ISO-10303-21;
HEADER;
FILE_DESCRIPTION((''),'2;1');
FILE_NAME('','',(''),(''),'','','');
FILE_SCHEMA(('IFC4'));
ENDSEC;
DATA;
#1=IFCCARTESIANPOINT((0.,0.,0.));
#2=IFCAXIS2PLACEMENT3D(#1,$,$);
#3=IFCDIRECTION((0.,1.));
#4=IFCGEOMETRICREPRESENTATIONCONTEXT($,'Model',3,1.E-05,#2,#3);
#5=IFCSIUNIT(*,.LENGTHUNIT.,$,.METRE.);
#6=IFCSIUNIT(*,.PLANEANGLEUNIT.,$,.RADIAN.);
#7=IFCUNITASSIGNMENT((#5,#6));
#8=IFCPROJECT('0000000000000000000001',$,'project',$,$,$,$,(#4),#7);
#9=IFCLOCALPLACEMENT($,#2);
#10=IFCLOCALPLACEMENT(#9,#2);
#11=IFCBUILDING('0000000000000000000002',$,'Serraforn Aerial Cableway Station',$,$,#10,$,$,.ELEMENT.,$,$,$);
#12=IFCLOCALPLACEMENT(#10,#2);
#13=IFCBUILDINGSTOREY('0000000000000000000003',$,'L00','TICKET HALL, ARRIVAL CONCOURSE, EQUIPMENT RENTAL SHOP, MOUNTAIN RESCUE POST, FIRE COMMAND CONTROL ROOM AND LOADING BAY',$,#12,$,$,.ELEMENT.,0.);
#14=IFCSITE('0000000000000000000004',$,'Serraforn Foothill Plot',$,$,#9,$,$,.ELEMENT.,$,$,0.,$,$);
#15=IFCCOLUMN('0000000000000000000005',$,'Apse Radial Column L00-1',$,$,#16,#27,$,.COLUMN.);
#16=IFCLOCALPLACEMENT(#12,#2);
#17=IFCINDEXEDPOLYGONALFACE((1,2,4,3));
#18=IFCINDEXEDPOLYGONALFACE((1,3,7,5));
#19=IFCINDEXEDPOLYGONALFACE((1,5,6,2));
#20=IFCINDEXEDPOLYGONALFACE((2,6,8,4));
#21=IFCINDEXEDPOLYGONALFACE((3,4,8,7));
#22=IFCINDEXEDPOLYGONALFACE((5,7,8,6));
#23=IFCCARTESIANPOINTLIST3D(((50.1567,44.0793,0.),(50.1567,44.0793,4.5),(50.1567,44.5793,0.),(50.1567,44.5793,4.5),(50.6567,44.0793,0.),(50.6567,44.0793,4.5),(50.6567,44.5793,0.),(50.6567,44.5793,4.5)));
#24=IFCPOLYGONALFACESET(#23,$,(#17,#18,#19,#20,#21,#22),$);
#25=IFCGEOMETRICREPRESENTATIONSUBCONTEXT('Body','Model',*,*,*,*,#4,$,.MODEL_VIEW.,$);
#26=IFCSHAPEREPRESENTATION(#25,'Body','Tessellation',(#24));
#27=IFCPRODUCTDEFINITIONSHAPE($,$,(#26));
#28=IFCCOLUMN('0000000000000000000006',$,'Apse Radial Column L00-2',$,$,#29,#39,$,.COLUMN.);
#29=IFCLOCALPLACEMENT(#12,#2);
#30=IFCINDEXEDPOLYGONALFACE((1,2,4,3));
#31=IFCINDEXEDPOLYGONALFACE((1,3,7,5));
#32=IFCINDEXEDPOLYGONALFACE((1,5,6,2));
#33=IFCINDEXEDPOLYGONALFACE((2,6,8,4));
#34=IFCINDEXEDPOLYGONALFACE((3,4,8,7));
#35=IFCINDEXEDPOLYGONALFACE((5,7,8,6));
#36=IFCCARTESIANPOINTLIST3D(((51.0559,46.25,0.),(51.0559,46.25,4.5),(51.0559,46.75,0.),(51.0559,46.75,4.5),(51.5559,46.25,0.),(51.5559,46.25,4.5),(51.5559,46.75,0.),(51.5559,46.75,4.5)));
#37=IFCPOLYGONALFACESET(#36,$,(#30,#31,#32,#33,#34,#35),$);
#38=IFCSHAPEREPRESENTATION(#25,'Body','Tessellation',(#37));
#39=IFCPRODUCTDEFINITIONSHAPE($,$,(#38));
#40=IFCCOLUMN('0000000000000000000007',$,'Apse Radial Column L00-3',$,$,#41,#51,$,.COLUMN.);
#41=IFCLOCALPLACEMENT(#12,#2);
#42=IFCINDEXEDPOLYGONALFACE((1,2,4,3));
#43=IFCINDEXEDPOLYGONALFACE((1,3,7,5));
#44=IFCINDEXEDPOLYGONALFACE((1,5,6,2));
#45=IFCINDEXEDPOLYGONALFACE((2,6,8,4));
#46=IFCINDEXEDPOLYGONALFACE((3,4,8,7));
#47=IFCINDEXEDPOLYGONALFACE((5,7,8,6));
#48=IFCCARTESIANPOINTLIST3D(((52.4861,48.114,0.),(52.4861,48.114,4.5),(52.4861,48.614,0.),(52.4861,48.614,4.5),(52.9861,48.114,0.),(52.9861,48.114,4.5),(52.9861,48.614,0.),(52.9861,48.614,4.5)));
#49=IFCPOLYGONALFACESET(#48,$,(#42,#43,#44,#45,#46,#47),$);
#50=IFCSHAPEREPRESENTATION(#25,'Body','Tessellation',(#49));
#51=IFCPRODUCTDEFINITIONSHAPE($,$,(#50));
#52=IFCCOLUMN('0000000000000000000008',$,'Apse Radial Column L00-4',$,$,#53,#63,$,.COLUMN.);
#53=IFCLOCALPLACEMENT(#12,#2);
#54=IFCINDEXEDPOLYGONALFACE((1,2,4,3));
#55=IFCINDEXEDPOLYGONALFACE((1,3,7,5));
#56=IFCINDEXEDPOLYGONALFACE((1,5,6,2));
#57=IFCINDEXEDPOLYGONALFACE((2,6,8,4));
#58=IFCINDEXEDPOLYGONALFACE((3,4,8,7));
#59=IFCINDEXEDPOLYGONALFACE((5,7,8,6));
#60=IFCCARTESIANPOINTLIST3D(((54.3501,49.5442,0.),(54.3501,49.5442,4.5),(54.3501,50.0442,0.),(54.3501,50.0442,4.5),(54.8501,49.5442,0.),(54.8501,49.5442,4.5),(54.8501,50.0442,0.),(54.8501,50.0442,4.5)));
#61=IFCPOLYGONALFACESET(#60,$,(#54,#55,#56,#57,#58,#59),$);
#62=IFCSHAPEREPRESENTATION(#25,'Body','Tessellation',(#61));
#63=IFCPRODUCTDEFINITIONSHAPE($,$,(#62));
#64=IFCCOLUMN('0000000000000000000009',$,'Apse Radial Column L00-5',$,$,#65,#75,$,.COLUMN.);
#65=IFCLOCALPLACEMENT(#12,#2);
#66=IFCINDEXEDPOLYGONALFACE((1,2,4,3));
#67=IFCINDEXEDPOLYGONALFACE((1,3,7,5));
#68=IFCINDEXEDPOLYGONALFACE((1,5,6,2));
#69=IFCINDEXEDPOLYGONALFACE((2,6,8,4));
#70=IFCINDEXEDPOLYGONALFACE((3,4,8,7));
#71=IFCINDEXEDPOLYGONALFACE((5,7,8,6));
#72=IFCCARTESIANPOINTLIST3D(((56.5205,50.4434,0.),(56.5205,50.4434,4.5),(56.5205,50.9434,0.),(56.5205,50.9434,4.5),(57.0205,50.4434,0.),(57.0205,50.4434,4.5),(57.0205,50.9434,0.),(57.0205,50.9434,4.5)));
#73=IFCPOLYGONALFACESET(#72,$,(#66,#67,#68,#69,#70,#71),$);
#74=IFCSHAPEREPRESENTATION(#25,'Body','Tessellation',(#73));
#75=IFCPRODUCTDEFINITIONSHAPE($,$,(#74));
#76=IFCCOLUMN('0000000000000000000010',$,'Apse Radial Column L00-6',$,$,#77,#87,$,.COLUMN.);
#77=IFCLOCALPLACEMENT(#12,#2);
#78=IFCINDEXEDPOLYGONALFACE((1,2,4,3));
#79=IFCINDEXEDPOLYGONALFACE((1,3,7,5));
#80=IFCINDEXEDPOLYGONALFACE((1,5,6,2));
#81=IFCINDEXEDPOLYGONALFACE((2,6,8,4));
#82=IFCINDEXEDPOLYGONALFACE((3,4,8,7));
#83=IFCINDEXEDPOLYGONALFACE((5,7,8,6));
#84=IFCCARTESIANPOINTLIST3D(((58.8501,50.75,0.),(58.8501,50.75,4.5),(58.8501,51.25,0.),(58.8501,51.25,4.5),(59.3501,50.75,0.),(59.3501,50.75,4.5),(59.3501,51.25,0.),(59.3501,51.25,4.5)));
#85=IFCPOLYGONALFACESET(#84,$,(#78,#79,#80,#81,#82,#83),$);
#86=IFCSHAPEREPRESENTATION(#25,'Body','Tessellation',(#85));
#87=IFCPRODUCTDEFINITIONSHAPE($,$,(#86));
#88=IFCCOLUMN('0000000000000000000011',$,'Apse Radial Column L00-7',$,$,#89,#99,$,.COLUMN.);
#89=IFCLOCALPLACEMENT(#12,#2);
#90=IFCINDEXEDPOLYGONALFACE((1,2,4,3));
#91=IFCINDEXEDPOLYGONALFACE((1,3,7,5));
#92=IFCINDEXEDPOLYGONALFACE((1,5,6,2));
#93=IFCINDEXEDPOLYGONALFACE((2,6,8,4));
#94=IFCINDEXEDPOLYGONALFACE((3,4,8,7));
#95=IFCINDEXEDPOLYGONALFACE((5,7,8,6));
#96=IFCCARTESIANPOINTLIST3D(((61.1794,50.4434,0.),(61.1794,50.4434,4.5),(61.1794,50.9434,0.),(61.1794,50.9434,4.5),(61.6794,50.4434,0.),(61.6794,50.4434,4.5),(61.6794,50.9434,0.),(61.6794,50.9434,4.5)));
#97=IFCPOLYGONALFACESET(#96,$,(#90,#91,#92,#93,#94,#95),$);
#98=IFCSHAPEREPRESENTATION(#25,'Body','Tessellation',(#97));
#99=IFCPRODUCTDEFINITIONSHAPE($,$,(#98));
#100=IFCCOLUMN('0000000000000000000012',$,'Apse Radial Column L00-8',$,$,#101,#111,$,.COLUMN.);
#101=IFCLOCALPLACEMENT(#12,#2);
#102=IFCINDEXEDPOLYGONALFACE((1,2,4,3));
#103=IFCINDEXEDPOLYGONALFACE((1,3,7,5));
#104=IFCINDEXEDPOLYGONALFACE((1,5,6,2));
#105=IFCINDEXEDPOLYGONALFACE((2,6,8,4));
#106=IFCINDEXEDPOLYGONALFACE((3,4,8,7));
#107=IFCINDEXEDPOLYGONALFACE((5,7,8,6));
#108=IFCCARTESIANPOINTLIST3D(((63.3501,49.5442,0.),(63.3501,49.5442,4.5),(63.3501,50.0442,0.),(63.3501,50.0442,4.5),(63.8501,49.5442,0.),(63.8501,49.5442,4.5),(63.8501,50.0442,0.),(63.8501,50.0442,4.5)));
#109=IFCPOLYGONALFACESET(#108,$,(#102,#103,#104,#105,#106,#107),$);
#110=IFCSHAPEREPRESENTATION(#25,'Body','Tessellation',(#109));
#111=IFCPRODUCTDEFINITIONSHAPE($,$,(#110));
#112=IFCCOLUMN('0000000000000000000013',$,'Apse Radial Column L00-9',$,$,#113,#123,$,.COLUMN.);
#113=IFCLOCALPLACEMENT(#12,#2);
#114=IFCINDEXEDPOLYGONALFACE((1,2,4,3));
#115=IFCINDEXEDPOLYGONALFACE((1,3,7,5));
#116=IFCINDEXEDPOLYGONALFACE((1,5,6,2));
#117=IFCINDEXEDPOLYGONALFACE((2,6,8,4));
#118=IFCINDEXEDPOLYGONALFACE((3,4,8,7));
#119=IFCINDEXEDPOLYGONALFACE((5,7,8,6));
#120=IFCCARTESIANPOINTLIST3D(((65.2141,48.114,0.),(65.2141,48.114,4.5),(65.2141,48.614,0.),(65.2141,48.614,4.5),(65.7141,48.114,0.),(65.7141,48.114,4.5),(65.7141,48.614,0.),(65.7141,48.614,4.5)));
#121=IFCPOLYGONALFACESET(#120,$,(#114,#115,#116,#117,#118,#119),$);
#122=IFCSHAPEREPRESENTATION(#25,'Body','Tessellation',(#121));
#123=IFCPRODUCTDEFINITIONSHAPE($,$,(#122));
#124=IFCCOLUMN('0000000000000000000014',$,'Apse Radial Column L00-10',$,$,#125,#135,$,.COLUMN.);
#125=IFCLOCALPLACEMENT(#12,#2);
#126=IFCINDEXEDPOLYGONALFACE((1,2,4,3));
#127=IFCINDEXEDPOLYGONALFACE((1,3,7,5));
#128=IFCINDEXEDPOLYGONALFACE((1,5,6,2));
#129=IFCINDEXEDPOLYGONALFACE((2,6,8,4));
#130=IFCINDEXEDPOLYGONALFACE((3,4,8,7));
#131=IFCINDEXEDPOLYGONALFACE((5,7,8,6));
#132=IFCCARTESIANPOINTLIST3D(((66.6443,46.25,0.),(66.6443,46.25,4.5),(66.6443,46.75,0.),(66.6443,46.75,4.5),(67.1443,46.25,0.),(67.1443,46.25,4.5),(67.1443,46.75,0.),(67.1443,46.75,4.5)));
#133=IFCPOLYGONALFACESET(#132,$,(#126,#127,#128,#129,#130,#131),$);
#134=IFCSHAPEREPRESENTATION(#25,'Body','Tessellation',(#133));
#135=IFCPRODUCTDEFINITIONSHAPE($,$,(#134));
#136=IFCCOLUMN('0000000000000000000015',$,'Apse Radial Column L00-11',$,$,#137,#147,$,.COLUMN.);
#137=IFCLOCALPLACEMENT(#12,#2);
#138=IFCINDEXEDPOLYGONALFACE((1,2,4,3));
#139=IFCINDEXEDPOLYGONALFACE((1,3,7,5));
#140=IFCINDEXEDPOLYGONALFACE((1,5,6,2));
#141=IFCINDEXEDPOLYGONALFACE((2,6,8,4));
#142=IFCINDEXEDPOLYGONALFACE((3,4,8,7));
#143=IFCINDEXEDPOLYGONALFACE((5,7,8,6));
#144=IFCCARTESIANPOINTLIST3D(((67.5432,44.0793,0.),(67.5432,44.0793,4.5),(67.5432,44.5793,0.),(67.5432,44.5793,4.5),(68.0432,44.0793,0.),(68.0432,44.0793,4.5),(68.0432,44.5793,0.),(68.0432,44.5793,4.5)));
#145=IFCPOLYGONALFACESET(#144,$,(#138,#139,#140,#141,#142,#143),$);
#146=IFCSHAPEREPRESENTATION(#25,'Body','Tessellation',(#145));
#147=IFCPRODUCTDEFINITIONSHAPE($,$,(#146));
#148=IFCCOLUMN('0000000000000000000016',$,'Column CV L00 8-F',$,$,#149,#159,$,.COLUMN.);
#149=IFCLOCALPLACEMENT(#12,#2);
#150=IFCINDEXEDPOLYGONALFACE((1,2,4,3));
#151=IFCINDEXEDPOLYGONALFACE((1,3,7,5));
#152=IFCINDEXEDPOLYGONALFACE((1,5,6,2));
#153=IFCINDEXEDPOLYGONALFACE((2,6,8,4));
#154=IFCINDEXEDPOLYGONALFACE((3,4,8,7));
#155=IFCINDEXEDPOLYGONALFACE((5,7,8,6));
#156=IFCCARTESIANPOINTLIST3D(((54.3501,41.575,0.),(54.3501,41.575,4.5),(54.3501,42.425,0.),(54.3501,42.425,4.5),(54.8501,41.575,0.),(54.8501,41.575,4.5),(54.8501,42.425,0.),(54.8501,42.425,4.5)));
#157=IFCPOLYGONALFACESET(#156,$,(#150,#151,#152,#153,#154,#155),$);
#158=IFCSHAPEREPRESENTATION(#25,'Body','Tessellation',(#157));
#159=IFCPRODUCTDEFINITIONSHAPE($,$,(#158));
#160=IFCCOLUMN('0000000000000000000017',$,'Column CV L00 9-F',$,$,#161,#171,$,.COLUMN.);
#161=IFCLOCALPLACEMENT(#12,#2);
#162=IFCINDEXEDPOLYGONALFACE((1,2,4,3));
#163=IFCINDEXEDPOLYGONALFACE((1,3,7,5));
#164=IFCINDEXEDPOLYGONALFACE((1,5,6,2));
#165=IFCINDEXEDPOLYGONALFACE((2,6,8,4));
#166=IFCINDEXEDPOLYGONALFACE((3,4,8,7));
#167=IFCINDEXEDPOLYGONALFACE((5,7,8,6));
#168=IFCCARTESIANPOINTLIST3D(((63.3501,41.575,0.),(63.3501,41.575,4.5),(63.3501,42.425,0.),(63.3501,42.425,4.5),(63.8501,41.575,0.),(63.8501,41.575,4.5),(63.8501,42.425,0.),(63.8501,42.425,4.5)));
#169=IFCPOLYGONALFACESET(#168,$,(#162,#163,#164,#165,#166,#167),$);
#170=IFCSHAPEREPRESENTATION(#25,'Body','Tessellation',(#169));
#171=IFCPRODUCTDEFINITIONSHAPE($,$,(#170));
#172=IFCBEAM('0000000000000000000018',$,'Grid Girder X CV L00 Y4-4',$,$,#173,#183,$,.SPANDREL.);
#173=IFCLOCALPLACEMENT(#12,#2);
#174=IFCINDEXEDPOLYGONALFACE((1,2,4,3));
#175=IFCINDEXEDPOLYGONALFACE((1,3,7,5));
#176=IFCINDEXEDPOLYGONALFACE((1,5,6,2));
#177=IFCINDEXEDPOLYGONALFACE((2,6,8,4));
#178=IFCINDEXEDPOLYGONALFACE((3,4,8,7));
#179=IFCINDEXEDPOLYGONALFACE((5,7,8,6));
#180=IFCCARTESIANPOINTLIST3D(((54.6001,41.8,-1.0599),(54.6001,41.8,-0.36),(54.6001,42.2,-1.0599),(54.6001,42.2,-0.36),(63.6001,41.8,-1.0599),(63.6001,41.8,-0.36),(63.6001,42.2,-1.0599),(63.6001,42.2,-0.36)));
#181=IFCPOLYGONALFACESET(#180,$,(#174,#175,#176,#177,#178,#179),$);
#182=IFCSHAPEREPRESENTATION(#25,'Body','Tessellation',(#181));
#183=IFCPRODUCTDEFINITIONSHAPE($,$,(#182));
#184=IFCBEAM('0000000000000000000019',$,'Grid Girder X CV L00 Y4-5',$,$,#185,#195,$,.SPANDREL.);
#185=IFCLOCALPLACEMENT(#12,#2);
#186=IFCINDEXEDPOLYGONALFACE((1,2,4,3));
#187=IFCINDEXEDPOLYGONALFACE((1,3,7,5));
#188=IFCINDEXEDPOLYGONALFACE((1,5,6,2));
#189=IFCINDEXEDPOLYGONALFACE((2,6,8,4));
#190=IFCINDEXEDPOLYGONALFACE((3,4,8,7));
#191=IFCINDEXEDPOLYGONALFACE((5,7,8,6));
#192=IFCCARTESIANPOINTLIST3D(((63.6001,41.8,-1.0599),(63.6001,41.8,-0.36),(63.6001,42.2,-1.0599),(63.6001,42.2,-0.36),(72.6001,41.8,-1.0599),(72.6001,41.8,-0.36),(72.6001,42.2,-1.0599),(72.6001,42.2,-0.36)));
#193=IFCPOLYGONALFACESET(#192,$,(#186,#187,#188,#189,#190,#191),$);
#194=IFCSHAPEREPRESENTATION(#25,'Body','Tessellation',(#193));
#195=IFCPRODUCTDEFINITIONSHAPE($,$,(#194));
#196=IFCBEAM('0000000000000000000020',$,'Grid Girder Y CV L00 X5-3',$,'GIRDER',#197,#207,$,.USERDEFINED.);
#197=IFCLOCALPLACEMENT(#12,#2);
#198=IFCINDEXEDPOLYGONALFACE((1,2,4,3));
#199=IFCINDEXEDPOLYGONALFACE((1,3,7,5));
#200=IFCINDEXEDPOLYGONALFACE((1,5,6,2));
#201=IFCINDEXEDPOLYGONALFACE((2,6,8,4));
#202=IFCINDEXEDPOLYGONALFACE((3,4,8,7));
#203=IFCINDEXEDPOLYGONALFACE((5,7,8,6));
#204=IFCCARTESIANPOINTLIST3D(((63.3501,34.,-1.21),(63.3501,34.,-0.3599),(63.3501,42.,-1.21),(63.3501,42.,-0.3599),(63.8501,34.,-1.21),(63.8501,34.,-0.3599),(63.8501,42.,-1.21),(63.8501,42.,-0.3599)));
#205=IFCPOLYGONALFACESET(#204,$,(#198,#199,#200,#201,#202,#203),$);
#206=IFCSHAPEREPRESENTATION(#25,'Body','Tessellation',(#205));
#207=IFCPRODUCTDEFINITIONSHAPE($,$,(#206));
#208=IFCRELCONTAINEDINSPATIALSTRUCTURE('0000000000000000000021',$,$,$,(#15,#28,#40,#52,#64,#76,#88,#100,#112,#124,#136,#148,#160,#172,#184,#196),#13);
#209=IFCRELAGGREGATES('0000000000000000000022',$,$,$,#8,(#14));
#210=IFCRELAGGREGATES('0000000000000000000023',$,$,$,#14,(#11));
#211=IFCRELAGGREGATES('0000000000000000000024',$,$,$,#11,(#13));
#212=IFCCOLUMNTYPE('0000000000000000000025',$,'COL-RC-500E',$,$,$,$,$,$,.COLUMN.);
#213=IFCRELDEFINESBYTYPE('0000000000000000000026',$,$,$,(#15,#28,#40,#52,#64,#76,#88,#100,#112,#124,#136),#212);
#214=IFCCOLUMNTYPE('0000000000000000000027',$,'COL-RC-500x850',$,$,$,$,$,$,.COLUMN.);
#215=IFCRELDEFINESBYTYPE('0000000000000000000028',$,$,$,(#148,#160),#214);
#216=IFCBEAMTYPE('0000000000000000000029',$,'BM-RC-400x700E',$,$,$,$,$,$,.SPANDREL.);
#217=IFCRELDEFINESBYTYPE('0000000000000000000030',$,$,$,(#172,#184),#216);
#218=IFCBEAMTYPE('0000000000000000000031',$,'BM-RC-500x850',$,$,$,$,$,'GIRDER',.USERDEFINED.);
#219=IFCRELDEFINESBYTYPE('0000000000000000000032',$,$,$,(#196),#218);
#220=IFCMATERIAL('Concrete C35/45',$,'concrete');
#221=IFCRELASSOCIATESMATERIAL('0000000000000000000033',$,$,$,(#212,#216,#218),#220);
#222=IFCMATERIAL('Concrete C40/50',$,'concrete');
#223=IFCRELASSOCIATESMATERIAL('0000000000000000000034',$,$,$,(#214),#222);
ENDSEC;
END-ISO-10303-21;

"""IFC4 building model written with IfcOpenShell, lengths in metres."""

from ifc_helpers import new_model, si_unit, direction, frame, origin, origin_2d, place, context, subcontext, project, spatial, rectangle, extrude, material, material_profile, profile_set, type_object, element, save


model = new_model("IFC4")

# Units and contexts
model_context = context("Model", 3, precision=1e-05, world=origin(), true_north=direction((0.0, 1.0)))
body_context = subcontext(model_context, "Body", "Model", "MODEL_VIEW")
ifc_project = project(units=[si_unit("LENGTHUNIT", "METRE"), si_unit("PLANEANGLEUNIT", "RADIAN")], contexts=[model_context])

# Site, building, storey
site_placement = place(None, origin())
site = spatial("IfcSite", under=ifc_project, at=site_placement, Name="Serraforn Foothill Plot", CompositionType="ELEMENT", RefElevation=0.0)
building_placement = place(site_placement, origin())
building = spatial("IfcBuilding", under=site, at=building_placement, Name="Serraforn Aerial Cableway Station", CompositionType="ELEMENT")
storey_placement = place(building_placement, origin())
storey = spatial("IfcBuildingStorey", under=building, at=storey_placement, Name="L00", Description="TICKET HALL, ARRIVAL CONCOURSE, EQUIPMENT RENTAL SHOP, MOUNTAIN RESCUE POST, FIRE COMMAND CONTROL ROOM AND LOADING BAY", CompositionType="ELEMENT", Elevation=0.0)

# Columns
ifc_material_1 = material(Name="Concrete C35/45", Category="concrete")
ifc_material_profile_1 = material_profile(ifc_material_1, rectangle(XDim=0.5, YDim=0.5, at=origin_2d()), Name="RC 500x500")
ifc_profile_set_1 = profile_set([ifc_material_profile_1], Name="Concrete C35/45")
column_type_1 = type_object("IfcColumnType", Name="COL-RC-500E", PredefinedType="COLUMN", material=ifc_profile_set_1)
for number, where, z_axis, x_axis, name in (
    (1, (50.4067, 44.3293, 0.0), (0.0, 0.0, 1.0), (1.0, 0.0, 0.0), "Apse Radial Column L00-1"),
    (2, (51.3059, 46.5, 0.0), (0.0, 0.0, 1.0), (1.0, 0.0, 0.0), "Apse Radial Column L00-2"),
    (3, (52.7361, 48.364, 0.0), (0.0, 0.0, 1.0), (1.0, 0.0, 0.0), "Apse Radial Column L00-3"),
    (4, (54.6001, 49.7942, 0.0), (0.0, 0.0, 1.0), (1.0, 0.0, 0.0), "Apse Radial Column L00-4"),
    (5, (56.7705, 50.6934, 0.0), (0.0, 0.0, 1.0), (1.0, 0.0, 0.0), "Apse Radial Column L00-5"),
    (6, (59.1001, 51.0, 0.0), (0.0, 0.0, 1.0), (1.0, 0.0, 0.0), "Apse Radial Column L00-6"),
    (7, (61.4294, 50.6934, 0.0), (0.0, 0.0, 1.0), (1.0, 0.0, 0.0), "Apse Radial Column L00-7"),
    (8, (63.6001, 49.7942, 0.0), (0.0, 0.0, 1.0), (1.0, 0.0, 0.0), "Apse Radial Column L00-8"),
    (9, (65.4641, 48.364, 0.0), (0.0, 0.0, 1.0), (1.0, 0.0, 0.0), "Apse Radial Column L00-9"),
    (10, (66.8943, 46.5, 0.0), (0.0, 0.0, 1.0), (1.0, 0.0, 0.0), "Apse Radial Column L00-10"),
    (11, (67.7932, 44.3293, 0.0), (0.0, 0.0, 1.0), (1.0, 0.0, 0.0), "Apse Radial Column L00-11"),
):
    element("IfcColumn", number, at=place(storey_placement, frame(where, z_axis=z_axis, x_axis=x_axis)), inside=storey, type_object=column_type_1, Name=name, PredefinedType="COLUMN", context=body_context, shape_type="SweptSolid", body=[
        extrude(rectangle(XDim=0.5, YDim=0.5, at=origin_2d()), origin(), (0.0, 0.0, 1.0), 4.5),
    ])
ifc_material_2 = material(Name="Concrete C40/50", Category="concrete")
ifc_material_profile_2 = material_profile(ifc_material_2, rectangle(XDim=0.5, YDim=0.8501, at=origin_2d()), Name="RC 500x850")
ifc_profile_set_2 = profile_set([ifc_material_profile_2], Name="Concrete C40/50")
column_type_2 = type_object("IfcColumnType", Name="COL-RC-500x850", PredefinedType="COLUMN", material=ifc_profile_set_2)
for number, where, z_axis, x_axis, name in (
    (12, (54.6001, 42.0, 0.0), (0.0, 0.0, 1.0), (1.0, 0.0, 0.0), "Column CV L00 8-F"),
    (13, (63.6001, 42.0, 0.0), (0.0, 0.0, 1.0), (1.0, 0.0, 0.0), "Column CV L00 9-F"),
):
    element("IfcColumn", number, at=place(storey_placement, frame(where, z_axis=z_axis, x_axis=x_axis)), inside=storey, type_object=column_type_2, Name=name, PredefinedType="COLUMN", context=body_context, shape_type="SweptSolid", body=[
        extrude(rectangle(XDim=0.5, YDim=0.8501, at=origin_2d()), origin(), (0.0, 0.0, 1.0), 4.5),
    ])

# Beams
ifc_material_profile_3 = material_profile(ifc_material_1, rectangle(XDim=0.3999, YDim=0.7, at=origin_2d()), Name="RC 400x700")
ifc_profile_set_3 = profile_set([ifc_material_profile_3], Name="Concrete C35/45")
beam_type_1 = type_object("IfcBeamType", Name="BM-RC-400x700E", PredefinedType="SPANDREL", material=ifc_profile_set_3)
for number, where, z_axis, x_axis, name in (
    (14, (54.6001, 42.0, -0.71), (1.0, 0.0, 0.0), (0.0, 1.0, 0.0), "Grid Girder X CV L00 Y4-4"),
    (15, (63.6001, 42.0, -0.71), (1.0, 0.0, 0.0), (0.0, 1.0, 0.0), "Grid Girder X CV L00 Y4-5"),
):
    element("IfcBeam", number, at=place(storey_placement, frame(where, z_axis=z_axis, x_axis=x_axis)), inside=storey, type_object=beam_type_1, Name=name, PredefinedType="SPANDREL", context=body_context, shape_type="SweptSolid", body=[
        extrude(rectangle(XDim=0.3999, YDim=0.7, at=origin_2d()), origin(), (0.0, 0.0, 1.0), 9.0),
    ])
ifc_material_profile_4 = material_profile(ifc_material_1, rectangle(XDim=0.5, YDim=0.8501, at=origin_2d()), Name="RC 500x850")
ifc_profile_set_4 = profile_set([ifc_material_profile_4], Name="Concrete C35/45")
beam_type_2 = type_object("IfcBeamType", Name="BM-RC-500x850", ElementType="GIRDER", PredefinedType="USERDEFINED", material=ifc_profile_set_4)
beam_1_placement = place(storey_placement, frame((63.6001, 34.0, -0.7849), z_axis=(0.0, 1.0, 0.0), x_axis=(-1.0, 0.0, 0.0)))
element("IfcBeam", 16, at=beam_1_placement, inside=storey, type_object=beam_type_2, Name="Grid Girder Y CV L00 X5-3", ObjectType="GIRDER", PredefinedType="USERDEFINED", context=body_context, shape_type="SweptSolid", body=[
    extrude(rectangle(XDim=0.5, YDim=0.8501, at=origin_2d()), origin(), (0.0, 0.0, 1.0), 8.0),
])

save(model, "model.ifc")
